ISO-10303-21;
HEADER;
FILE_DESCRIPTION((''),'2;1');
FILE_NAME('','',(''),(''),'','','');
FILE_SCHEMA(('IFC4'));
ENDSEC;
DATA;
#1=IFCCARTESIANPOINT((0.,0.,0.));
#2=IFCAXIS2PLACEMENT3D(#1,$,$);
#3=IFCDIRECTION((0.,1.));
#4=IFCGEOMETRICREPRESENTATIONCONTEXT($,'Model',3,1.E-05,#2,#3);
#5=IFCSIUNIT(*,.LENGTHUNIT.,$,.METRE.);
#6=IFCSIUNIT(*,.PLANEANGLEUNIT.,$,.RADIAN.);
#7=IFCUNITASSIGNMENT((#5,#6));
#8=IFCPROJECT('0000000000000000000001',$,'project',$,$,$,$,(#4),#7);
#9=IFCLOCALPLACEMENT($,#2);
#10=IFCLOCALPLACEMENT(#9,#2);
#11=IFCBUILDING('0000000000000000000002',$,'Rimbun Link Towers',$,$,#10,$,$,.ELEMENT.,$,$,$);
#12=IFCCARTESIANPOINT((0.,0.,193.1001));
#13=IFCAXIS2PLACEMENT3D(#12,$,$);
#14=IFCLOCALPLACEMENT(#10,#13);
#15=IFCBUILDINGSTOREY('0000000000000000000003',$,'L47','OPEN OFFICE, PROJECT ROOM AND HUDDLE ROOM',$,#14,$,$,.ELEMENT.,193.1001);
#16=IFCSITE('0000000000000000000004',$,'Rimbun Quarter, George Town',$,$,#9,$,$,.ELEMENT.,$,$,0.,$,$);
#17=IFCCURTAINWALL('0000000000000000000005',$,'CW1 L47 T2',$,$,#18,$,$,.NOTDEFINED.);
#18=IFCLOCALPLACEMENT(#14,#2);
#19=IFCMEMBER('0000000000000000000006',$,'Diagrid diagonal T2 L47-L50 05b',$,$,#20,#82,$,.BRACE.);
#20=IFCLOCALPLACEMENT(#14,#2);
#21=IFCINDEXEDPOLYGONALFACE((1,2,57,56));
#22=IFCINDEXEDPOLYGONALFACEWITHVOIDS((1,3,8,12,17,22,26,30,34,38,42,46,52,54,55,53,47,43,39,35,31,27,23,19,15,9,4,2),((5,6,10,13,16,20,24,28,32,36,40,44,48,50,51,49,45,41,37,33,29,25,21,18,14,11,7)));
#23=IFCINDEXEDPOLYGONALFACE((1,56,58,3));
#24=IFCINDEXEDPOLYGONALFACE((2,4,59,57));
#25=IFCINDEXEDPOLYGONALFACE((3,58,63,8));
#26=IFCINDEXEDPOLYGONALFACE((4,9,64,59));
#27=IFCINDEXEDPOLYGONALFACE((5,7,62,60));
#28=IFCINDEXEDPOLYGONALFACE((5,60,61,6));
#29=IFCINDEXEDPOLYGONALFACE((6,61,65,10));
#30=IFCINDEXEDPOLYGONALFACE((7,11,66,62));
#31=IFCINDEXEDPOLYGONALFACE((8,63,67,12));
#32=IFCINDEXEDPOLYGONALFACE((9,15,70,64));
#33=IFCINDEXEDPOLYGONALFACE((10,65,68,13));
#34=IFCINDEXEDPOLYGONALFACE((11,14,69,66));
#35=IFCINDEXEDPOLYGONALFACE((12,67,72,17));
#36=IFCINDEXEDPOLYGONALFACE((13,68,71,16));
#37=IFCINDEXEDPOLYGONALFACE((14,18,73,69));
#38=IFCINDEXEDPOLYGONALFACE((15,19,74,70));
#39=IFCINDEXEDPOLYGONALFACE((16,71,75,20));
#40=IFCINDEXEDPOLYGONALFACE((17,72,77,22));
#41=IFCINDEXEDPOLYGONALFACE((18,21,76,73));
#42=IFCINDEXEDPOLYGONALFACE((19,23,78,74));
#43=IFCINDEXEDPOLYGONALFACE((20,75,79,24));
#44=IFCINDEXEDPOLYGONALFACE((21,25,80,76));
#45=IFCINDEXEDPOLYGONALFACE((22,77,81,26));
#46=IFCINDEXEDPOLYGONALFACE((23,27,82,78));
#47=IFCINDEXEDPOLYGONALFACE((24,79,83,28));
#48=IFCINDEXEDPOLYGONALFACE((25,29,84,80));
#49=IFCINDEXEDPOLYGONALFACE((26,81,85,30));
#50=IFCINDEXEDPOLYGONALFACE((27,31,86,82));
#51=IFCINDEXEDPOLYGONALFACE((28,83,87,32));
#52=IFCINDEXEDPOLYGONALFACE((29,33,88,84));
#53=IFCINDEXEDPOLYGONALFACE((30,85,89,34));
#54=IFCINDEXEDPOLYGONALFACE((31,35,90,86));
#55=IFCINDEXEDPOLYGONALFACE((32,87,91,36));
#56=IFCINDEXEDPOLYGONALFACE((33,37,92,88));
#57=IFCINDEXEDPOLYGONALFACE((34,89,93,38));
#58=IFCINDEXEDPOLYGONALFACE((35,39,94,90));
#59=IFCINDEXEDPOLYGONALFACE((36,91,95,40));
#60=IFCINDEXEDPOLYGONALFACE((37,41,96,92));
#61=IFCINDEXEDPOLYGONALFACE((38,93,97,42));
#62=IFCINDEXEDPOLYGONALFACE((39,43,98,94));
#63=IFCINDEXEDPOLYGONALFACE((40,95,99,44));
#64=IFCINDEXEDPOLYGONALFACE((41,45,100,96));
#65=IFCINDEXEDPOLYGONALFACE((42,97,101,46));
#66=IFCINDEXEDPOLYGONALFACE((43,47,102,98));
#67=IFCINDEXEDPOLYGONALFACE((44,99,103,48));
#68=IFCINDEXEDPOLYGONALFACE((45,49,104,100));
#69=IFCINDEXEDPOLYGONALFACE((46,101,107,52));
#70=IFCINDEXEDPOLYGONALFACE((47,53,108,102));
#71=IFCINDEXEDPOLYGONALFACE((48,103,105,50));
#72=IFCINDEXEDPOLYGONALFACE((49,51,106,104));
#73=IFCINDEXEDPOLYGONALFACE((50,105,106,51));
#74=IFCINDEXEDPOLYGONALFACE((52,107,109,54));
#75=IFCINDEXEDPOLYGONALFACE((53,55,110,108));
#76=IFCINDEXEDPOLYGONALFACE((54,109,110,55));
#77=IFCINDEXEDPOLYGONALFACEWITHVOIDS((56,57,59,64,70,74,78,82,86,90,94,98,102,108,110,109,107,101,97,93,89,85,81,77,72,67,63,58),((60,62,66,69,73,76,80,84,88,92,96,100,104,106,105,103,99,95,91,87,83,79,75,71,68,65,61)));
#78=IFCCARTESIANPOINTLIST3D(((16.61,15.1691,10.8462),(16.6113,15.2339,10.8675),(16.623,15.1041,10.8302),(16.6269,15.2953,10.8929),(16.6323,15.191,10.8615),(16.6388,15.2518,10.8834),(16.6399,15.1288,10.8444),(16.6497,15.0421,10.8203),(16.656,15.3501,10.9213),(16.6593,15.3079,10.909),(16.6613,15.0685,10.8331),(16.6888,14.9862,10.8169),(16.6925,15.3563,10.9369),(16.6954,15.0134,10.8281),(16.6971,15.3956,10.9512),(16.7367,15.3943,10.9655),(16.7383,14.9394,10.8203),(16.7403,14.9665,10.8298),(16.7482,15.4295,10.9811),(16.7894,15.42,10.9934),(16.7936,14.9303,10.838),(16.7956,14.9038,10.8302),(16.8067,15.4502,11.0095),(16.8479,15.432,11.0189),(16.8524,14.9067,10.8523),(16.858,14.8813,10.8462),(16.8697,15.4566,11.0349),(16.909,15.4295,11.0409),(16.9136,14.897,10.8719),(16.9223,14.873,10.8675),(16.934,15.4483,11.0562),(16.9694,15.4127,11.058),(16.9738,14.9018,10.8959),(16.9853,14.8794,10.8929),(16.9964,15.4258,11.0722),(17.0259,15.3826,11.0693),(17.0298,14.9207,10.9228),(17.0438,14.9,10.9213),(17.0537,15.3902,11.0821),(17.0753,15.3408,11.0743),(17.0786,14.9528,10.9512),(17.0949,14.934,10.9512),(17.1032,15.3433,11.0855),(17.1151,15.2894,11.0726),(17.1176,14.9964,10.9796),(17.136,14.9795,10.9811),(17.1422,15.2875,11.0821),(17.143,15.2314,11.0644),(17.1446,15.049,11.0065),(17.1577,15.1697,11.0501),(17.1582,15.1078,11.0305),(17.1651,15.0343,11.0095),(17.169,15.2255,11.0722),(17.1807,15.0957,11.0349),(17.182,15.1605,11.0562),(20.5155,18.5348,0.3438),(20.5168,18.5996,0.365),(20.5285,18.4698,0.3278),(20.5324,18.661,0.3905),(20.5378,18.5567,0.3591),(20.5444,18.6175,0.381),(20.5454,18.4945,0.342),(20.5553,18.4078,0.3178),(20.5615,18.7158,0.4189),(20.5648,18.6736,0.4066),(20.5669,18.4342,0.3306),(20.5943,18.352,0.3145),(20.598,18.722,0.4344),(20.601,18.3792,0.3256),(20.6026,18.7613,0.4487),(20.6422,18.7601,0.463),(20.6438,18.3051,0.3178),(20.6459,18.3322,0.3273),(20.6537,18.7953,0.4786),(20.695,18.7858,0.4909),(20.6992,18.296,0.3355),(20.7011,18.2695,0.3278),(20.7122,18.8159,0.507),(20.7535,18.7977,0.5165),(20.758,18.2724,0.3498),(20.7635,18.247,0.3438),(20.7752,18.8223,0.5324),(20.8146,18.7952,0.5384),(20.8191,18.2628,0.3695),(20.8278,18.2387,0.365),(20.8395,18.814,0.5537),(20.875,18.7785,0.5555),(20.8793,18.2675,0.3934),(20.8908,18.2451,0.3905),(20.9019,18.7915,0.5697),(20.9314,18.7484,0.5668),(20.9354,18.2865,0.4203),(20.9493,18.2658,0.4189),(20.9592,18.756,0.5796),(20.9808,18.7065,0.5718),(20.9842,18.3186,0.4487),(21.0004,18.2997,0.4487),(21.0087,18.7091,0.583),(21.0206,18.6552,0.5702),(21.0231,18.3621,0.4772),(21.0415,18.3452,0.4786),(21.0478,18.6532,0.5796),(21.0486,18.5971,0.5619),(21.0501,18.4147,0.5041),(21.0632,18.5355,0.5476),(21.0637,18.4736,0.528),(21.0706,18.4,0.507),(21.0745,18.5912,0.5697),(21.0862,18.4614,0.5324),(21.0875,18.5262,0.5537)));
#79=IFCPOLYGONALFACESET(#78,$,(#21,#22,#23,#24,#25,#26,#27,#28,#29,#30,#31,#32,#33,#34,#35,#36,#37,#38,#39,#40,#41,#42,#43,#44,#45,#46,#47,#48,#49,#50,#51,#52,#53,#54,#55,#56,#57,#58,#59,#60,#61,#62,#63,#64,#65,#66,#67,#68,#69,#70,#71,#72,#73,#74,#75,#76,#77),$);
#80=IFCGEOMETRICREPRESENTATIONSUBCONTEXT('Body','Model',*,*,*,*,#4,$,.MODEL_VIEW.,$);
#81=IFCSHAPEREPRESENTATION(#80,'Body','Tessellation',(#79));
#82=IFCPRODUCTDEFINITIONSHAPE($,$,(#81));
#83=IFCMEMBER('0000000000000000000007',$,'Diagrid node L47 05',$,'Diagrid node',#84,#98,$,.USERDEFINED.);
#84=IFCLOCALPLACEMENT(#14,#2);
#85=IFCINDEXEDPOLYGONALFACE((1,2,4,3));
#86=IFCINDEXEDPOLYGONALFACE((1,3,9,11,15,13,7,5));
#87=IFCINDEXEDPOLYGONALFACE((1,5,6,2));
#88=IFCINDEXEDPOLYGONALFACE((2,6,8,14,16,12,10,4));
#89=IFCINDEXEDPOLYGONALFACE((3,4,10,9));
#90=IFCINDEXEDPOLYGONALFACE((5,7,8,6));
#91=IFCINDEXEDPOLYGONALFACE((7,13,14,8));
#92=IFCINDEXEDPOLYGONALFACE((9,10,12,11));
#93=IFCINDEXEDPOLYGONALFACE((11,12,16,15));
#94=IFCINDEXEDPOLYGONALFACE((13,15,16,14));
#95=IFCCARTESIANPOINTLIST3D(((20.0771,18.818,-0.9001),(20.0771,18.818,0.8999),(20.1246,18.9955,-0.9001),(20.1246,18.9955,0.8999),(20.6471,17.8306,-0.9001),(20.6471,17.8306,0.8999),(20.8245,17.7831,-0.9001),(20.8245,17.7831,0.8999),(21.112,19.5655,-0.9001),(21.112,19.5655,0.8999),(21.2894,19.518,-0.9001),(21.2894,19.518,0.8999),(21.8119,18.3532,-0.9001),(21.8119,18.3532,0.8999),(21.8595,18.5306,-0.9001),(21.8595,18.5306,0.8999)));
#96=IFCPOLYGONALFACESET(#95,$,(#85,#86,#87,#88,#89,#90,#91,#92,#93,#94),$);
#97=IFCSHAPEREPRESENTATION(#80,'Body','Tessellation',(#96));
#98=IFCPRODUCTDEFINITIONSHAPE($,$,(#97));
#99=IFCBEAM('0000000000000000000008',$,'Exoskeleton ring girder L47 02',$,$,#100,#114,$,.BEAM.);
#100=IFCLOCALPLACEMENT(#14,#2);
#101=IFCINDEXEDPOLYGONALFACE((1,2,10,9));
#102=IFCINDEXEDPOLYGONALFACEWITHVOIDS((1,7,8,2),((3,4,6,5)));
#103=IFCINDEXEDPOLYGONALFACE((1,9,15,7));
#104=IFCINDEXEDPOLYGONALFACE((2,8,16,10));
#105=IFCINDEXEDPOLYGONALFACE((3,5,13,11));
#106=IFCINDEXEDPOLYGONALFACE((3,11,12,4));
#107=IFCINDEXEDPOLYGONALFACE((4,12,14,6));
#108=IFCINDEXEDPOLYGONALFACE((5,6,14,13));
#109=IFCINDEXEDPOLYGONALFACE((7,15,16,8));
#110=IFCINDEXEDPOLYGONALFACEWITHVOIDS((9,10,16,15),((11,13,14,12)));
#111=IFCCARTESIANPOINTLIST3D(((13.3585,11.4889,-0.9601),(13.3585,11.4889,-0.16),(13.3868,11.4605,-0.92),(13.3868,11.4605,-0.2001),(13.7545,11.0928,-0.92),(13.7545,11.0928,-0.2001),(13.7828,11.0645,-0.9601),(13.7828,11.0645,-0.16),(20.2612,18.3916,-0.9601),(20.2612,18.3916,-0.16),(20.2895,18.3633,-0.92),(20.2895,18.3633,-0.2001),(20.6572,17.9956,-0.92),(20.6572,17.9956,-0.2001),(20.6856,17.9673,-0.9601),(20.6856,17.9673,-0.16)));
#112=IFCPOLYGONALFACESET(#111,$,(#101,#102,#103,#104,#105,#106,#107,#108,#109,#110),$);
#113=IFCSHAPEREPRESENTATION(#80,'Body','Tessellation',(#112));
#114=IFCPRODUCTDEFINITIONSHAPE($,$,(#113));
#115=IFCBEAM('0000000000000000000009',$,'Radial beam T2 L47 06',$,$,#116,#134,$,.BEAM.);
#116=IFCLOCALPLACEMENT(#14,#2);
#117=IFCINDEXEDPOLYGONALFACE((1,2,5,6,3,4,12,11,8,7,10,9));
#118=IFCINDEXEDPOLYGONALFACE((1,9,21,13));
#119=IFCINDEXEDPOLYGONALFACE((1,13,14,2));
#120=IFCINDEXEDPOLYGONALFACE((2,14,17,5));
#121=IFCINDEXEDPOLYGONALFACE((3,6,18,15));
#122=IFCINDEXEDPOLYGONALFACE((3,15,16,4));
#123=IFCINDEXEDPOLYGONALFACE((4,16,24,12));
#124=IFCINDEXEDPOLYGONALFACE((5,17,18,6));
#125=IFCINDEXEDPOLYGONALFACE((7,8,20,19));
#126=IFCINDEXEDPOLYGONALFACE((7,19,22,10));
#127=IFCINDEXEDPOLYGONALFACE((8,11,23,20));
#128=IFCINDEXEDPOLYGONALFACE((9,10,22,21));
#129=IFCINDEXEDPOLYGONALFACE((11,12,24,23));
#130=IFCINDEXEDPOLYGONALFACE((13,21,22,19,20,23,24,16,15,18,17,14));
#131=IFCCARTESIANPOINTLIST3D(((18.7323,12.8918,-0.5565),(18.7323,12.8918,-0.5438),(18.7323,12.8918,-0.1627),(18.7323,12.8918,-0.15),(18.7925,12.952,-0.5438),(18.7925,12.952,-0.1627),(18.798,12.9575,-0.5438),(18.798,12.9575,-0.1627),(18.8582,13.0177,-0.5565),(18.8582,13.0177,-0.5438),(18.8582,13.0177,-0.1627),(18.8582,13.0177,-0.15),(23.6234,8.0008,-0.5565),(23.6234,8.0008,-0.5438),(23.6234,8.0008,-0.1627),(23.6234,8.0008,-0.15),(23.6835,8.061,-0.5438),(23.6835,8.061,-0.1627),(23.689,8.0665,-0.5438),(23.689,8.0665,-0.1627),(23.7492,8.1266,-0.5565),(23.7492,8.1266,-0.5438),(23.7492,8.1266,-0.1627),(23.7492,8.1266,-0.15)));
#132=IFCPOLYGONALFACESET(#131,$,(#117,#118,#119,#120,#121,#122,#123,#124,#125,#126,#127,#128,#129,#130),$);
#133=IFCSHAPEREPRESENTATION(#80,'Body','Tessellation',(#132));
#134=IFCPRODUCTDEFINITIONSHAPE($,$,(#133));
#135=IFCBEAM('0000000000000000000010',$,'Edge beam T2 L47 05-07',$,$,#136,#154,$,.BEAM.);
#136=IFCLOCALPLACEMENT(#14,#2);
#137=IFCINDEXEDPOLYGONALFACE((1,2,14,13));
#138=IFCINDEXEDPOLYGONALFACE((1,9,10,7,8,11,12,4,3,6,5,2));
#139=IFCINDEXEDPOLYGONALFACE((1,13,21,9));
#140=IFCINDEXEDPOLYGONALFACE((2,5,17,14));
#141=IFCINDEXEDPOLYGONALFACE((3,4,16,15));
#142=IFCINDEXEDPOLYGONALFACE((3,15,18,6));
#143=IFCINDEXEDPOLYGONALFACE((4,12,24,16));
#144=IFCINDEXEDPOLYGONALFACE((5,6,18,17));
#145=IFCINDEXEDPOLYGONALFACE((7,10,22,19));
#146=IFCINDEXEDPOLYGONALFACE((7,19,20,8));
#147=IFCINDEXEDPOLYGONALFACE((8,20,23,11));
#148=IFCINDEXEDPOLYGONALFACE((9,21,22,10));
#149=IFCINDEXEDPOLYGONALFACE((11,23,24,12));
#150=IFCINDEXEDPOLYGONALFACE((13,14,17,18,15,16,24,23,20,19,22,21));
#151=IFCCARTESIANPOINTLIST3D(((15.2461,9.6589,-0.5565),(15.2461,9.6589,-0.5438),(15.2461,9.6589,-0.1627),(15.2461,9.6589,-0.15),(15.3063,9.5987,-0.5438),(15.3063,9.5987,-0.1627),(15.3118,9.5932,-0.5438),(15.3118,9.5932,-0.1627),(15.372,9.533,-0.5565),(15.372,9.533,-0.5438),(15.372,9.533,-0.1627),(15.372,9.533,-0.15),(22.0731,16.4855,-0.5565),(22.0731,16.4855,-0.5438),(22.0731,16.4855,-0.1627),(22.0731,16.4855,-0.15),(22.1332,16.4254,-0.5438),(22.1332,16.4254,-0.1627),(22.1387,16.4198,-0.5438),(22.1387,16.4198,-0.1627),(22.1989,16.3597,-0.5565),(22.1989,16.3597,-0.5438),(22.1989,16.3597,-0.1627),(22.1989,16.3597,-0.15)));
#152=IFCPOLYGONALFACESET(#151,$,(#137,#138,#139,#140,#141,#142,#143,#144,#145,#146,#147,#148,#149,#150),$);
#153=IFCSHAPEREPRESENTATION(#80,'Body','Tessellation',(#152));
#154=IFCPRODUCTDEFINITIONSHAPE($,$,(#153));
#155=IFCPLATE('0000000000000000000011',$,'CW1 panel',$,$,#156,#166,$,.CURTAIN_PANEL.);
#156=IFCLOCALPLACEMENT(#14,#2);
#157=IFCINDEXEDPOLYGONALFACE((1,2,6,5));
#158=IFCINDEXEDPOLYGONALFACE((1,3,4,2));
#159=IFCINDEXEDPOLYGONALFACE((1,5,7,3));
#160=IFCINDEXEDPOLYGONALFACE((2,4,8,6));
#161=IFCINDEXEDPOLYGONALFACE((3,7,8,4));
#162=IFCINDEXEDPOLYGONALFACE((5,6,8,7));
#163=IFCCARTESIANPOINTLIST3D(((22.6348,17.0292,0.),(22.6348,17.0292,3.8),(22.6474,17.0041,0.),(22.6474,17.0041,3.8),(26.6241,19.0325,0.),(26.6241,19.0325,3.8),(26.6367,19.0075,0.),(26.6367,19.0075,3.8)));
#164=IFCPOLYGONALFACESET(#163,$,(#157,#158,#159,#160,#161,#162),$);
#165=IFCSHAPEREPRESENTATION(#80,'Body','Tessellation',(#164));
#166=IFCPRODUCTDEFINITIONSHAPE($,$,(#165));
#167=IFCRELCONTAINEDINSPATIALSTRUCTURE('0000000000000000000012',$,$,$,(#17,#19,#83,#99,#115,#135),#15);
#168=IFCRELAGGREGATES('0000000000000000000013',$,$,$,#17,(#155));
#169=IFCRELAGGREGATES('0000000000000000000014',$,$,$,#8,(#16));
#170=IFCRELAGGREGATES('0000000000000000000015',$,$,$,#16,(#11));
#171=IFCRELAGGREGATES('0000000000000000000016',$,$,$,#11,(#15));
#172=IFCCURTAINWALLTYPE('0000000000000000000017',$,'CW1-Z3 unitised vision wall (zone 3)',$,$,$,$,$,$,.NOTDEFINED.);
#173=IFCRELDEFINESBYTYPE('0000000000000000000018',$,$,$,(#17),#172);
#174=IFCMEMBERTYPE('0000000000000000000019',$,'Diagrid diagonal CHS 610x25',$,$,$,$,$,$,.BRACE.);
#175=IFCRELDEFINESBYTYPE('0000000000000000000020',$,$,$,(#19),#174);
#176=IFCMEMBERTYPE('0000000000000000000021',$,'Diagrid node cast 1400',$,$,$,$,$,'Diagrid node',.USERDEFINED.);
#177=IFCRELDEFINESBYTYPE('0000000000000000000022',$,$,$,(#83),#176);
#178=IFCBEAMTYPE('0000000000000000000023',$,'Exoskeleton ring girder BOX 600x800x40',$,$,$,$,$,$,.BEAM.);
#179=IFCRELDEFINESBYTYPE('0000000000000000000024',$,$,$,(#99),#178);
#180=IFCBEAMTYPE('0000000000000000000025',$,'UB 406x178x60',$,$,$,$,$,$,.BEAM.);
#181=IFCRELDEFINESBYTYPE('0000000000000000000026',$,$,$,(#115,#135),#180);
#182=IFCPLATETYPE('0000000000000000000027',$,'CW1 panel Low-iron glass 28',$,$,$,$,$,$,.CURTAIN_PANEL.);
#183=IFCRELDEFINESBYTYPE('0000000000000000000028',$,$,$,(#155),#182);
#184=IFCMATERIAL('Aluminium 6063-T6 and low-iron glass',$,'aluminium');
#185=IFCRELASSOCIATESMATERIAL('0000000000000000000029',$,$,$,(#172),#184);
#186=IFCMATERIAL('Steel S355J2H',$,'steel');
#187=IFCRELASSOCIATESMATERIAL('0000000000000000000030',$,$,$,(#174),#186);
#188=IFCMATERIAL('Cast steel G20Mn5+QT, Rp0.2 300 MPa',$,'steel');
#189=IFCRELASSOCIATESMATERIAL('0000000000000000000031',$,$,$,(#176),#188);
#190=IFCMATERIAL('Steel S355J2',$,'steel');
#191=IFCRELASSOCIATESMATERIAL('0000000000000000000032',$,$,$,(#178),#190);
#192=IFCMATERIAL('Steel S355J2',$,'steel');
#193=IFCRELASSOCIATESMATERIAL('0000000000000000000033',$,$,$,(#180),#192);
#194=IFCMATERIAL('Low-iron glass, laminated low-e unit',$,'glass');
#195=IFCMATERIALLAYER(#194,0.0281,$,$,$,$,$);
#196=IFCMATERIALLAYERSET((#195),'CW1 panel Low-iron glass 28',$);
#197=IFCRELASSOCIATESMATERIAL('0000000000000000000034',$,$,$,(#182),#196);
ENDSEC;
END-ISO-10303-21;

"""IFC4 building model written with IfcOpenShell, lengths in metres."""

from ifc_helpers import new_model, si_unit, direction, frame, origin, origin_2d, place, context, subcontext, project, spatial, polyline, rectangle, hollow_rectangle, hollow_circle, i_section, outline, extrude, material, layer, layer_set, material_profile, profile_set, type_object, element, aggregate, save


model = new_model("IFC4")

# Units and contexts
model_context = context("Model", 3, precision=1e-05, world=origin(), true_north=direction((0.0, 1.0)))
body_context = subcontext(model_context, "Body", "Model", "MODEL_VIEW")
ifc_project = project(units=[si_unit("LENGTHUNIT", "METRE"), si_unit("PLANEANGLEUNIT", "RADIAN")], contexts=[model_context])

# Site, building, storey
site_placement = place(None, origin())
site = spatial("IfcSite", under=ifc_project, at=site_placement, Name="Rimbun Quarter, George Town", CompositionType="ELEMENT", RefElevation=0.0)
building_placement = place(site_placement, origin())
building = spatial("IfcBuilding", under=site, at=building_placement, Name="Rimbun Link Towers", CompositionType="ELEMENT")
storey_placement = place(building_placement, frame((0.0, 0.0, 193.1001)))
storey = spatial("IfcBuildingStorey", under=building, at=storey_placement, Name="L47", Description="OPEN OFFICE, PROJECT ROOM AND HUDDLE ROOM", CompositionType="ELEMENT", Elevation=193.1001)

# Curtain wall
ifc_material_1 = material(Name="Aluminium 6063-T6 and low-iron glass", Category="aluminium")
curtain_wall_type = type_object("IfcCurtainWallType", Name="CW1-Z3 unitised vision wall (zone 3)", PredefinedType="NOTDEFINED", material=ifc_material_1)
curtain_wall_placement = place(storey_placement, origin())
curtain_wall = element("IfcCurtainWall", 1, at=curtain_wall_placement, inside=storey, type_object=curtain_wall_type, Name="CW1 L47 T2", PredefinedType="NOTDEFINED")

# Members
ifc_material_2 = material(Name="Steel S355J2H", Category="steel")
ifc_material_profile_1 = material_profile(ifc_material_2, hollow_circle(Radius=0.3047, WallThickness=0.0249, at=origin_2d()), Name="Diagrid diagonal CHS 610x25")
ifc_profile_set_1 = profile_set([ifc_material_profile_1], Name="Steel S355J2H")
member_type_1 = type_object("IfcMemberType", Name="Diagrid diagonal CHS 610x25", PredefinedType="BRACE", material=ifc_profile_set_1)
member_1_placement = place(storey_placement, frame((20.8015, 18.5305, 0.4487), z_axis=(-0.333814, -0.287677, 0.897669), x_axis=(0.652817, -0.757516, 0.0)))
element("IfcMember", 2, at=member_1_placement, inside=storey, type_object=member_type_1, Name="Diagrid diagonal T2 L47-L50 05b", PredefinedType="BRACE", context=body_context, shape_type="SweptSolid", body=[
    extrude(hollow_circle(Radius=0.3047, WallThickness=0.0249, at=origin_2d()), origin(), (0.0, 0.0, 1.0), 11.6997),
])
ifc_material_3 = material(Name="Cast steel G20Mn5+QT, Rp0.2 300 MPa", Category="steel")
ifc_material_profile_2 = material_profile(ifc_material_3, outline(polyline([(0.7, -0.5701), (0.7, 0.5701), (0.5701, 0.7), (-0.5701, 0.7), (-0.7, 0.5701), (-0.7, -0.5701), (-0.5701, -0.7), (0.5701, -0.7), (0.7, -0.5701)])), Name="NODE 1400x1400")
ifc_profile_set_2 = profile_set([ifc_material_profile_2], Name="Cast steel G20Mn5+QT, Rp0.2 300 MPa")
member_type_2 = type_object("IfcMemberType", Name="Diagrid node cast 1400", ElementType="Diagrid node", PredefinedType="USERDEFINED", material=ifc_profile_set_2)
member_2_placement = place(storey_placement, frame((20.9683, 18.6743, -0.9001), z_axis=(0.0, 0.0, 1.0), x_axis=(-0.5, 0.866025, 0.0)))
element("IfcMember", 3, at=member_2_placement, inside=storey, type_object=member_type_2, Name="Diagrid node L47 05", ObjectType="Diagrid node", PredefinedType="USERDEFINED", context=body_context, shape_type="SweptSolid", body=[
    extrude(outline(polyline([(0.7, -0.5701), (0.7, 0.5701), (0.5701, 0.7), (-0.5701, 0.7), (-0.7, 0.5701), (-0.7, -0.5701), (-0.5701, -0.7), (0.5701, -0.7), (0.7, -0.5701)])), origin(), (0.0, 0.0, 1.0), 1.8),
])

# Beams
ifc_material_4 = material(Name="Steel S355J2", Category="steel")
ifc_material_profile_3 = material_profile(ifc_material_4, hollow_rectangle(XDim=0.6001, YDim=0.8, WallThickness=0.04, at=origin_2d()), Name="Exoskeleton ring girder BOX 600x800x40")
ifc_profile_set_3 = profile_set([ifc_material_profile_3], Name="Steel S355J2")
beam_type_1 = type_object("IfcBeamType", Name="Exoskeleton ring girder BOX 600x800x40", PredefinedType="BEAM", material=ifc_profile_set_3)
beam_1_placement = place(storey_placement, frame((20.4734, 18.1794, -0.5601), z_axis=(-0.707107, -0.707107, 0.0), x_axis=(0.707107, -0.707107, 0.0)))
element("IfcBeam", 4, at=beam_1_placement, inside=storey, type_object=beam_type_1, Name="Exoskeleton ring girder L47 02", PredefinedType="BEAM", context=body_context, shape_type="SweptSolid", body=[
    extrude(hollow_rectangle(XDim=0.6001, YDim=0.8, WallThickness=0.04, at=origin_2d()), origin(), (0.0, 0.0, 1.0), 9.762),
])
ifc_material_5 = material(Name="Steel S355J2", Category="steel")
ifc_material_profile_4 = material_profile(ifc_material_5, i_section(OverallWidth=0.178, OverallDepth=0.4065, WebThickness=0.0078, FlangeThickness=0.0127, at=origin_2d()), Name="UB 406x178x60")
ifc_profile_set_4 = profile_set([ifc_material_profile_4], Name="Steel S355J2")
beam_type_2 = type_object("IfcBeamType", Name="UB 406x178x60", PredefinedType="BEAM", material=ifc_profile_set_4)
beam_2_placement = place(storey_placement, frame((23.6863, 8.0637, -0.3533), z_axis=(-0.707107, 0.707107, 0.0), x_axis=(-0.707107, -0.707107, 0.0)))
element("IfcBeam", 5, at=beam_2_placement, inside=storey, type_object=beam_type_2, Name="Radial beam T2 L47 06", PredefinedType="BEAM", context=body_context, shape_type="SweptSolid", body=[
    extrude(i_section(OverallWidth=0.178, OverallDepth=0.4065, WebThickness=0.0078, FlangeThickness=0.0127, at=origin_2d()), origin(), (0.0, 0.0, 1.0), 6.917),
])
beam_3_placement = place(storey_placement, frame((22.136, 16.4226, -0.3533), z_axis=(-0.707119, -0.707094, 0.0), x_axis=(0.707094, -0.707119, 0.0)))
element("IfcBeam", 6, at=beam_3_placement, inside=storey, type_object=beam_type_2, Name="Edge beam T2 L47 05-07", PredefinedType="BEAM", context=body_context, shape_type="SweptSolid", body=[
    extrude(i_section(OverallWidth=0.178, OverallDepth=0.4065, WebThickness=0.0078, FlangeThickness=0.0127, at=origin_2d()), origin(), (0.0, 0.0, 1.0), 9.6545),
])

# Plate
ifc_material_6 = material(Name="Low-iron glass, laminated low-e unit", Category="glass")
ifc_layer_1 = layer(ifc_material_6, 0.0281)
ifc_layer_set_1 = layer_set([ifc_layer_1], Name="CW1 panel Low-iron glass 28")
plate_type = type_object("IfcPlateType", Name="CW1 panel Low-iron glass 28", PredefinedType="CURTAIN_PANEL", material=ifc_layer_set_1)
plate_placement = place(storey_placement, frame((24.6357, 18.0183, 0.0), z_axis=(0.0, 0.0, 1.0), x_axis=(0.893646, 0.448772, 0.0)))
plate = element("IfcPlate", 7, at=plate_placement, type_object=plate_type, Name="CW1 panel", PredefinedType="CURTAIN_PANEL", context=body_context, shape_type="SweptSolid", body=[
    extrude(rectangle(XDim=4.4641, YDim=0.0281, at=origin_2d()), origin(), (0.0, 0.0, 1.0), 3.8),
])
aggregate(curtain_wall, [plate])

save(model, "model.ifc")
